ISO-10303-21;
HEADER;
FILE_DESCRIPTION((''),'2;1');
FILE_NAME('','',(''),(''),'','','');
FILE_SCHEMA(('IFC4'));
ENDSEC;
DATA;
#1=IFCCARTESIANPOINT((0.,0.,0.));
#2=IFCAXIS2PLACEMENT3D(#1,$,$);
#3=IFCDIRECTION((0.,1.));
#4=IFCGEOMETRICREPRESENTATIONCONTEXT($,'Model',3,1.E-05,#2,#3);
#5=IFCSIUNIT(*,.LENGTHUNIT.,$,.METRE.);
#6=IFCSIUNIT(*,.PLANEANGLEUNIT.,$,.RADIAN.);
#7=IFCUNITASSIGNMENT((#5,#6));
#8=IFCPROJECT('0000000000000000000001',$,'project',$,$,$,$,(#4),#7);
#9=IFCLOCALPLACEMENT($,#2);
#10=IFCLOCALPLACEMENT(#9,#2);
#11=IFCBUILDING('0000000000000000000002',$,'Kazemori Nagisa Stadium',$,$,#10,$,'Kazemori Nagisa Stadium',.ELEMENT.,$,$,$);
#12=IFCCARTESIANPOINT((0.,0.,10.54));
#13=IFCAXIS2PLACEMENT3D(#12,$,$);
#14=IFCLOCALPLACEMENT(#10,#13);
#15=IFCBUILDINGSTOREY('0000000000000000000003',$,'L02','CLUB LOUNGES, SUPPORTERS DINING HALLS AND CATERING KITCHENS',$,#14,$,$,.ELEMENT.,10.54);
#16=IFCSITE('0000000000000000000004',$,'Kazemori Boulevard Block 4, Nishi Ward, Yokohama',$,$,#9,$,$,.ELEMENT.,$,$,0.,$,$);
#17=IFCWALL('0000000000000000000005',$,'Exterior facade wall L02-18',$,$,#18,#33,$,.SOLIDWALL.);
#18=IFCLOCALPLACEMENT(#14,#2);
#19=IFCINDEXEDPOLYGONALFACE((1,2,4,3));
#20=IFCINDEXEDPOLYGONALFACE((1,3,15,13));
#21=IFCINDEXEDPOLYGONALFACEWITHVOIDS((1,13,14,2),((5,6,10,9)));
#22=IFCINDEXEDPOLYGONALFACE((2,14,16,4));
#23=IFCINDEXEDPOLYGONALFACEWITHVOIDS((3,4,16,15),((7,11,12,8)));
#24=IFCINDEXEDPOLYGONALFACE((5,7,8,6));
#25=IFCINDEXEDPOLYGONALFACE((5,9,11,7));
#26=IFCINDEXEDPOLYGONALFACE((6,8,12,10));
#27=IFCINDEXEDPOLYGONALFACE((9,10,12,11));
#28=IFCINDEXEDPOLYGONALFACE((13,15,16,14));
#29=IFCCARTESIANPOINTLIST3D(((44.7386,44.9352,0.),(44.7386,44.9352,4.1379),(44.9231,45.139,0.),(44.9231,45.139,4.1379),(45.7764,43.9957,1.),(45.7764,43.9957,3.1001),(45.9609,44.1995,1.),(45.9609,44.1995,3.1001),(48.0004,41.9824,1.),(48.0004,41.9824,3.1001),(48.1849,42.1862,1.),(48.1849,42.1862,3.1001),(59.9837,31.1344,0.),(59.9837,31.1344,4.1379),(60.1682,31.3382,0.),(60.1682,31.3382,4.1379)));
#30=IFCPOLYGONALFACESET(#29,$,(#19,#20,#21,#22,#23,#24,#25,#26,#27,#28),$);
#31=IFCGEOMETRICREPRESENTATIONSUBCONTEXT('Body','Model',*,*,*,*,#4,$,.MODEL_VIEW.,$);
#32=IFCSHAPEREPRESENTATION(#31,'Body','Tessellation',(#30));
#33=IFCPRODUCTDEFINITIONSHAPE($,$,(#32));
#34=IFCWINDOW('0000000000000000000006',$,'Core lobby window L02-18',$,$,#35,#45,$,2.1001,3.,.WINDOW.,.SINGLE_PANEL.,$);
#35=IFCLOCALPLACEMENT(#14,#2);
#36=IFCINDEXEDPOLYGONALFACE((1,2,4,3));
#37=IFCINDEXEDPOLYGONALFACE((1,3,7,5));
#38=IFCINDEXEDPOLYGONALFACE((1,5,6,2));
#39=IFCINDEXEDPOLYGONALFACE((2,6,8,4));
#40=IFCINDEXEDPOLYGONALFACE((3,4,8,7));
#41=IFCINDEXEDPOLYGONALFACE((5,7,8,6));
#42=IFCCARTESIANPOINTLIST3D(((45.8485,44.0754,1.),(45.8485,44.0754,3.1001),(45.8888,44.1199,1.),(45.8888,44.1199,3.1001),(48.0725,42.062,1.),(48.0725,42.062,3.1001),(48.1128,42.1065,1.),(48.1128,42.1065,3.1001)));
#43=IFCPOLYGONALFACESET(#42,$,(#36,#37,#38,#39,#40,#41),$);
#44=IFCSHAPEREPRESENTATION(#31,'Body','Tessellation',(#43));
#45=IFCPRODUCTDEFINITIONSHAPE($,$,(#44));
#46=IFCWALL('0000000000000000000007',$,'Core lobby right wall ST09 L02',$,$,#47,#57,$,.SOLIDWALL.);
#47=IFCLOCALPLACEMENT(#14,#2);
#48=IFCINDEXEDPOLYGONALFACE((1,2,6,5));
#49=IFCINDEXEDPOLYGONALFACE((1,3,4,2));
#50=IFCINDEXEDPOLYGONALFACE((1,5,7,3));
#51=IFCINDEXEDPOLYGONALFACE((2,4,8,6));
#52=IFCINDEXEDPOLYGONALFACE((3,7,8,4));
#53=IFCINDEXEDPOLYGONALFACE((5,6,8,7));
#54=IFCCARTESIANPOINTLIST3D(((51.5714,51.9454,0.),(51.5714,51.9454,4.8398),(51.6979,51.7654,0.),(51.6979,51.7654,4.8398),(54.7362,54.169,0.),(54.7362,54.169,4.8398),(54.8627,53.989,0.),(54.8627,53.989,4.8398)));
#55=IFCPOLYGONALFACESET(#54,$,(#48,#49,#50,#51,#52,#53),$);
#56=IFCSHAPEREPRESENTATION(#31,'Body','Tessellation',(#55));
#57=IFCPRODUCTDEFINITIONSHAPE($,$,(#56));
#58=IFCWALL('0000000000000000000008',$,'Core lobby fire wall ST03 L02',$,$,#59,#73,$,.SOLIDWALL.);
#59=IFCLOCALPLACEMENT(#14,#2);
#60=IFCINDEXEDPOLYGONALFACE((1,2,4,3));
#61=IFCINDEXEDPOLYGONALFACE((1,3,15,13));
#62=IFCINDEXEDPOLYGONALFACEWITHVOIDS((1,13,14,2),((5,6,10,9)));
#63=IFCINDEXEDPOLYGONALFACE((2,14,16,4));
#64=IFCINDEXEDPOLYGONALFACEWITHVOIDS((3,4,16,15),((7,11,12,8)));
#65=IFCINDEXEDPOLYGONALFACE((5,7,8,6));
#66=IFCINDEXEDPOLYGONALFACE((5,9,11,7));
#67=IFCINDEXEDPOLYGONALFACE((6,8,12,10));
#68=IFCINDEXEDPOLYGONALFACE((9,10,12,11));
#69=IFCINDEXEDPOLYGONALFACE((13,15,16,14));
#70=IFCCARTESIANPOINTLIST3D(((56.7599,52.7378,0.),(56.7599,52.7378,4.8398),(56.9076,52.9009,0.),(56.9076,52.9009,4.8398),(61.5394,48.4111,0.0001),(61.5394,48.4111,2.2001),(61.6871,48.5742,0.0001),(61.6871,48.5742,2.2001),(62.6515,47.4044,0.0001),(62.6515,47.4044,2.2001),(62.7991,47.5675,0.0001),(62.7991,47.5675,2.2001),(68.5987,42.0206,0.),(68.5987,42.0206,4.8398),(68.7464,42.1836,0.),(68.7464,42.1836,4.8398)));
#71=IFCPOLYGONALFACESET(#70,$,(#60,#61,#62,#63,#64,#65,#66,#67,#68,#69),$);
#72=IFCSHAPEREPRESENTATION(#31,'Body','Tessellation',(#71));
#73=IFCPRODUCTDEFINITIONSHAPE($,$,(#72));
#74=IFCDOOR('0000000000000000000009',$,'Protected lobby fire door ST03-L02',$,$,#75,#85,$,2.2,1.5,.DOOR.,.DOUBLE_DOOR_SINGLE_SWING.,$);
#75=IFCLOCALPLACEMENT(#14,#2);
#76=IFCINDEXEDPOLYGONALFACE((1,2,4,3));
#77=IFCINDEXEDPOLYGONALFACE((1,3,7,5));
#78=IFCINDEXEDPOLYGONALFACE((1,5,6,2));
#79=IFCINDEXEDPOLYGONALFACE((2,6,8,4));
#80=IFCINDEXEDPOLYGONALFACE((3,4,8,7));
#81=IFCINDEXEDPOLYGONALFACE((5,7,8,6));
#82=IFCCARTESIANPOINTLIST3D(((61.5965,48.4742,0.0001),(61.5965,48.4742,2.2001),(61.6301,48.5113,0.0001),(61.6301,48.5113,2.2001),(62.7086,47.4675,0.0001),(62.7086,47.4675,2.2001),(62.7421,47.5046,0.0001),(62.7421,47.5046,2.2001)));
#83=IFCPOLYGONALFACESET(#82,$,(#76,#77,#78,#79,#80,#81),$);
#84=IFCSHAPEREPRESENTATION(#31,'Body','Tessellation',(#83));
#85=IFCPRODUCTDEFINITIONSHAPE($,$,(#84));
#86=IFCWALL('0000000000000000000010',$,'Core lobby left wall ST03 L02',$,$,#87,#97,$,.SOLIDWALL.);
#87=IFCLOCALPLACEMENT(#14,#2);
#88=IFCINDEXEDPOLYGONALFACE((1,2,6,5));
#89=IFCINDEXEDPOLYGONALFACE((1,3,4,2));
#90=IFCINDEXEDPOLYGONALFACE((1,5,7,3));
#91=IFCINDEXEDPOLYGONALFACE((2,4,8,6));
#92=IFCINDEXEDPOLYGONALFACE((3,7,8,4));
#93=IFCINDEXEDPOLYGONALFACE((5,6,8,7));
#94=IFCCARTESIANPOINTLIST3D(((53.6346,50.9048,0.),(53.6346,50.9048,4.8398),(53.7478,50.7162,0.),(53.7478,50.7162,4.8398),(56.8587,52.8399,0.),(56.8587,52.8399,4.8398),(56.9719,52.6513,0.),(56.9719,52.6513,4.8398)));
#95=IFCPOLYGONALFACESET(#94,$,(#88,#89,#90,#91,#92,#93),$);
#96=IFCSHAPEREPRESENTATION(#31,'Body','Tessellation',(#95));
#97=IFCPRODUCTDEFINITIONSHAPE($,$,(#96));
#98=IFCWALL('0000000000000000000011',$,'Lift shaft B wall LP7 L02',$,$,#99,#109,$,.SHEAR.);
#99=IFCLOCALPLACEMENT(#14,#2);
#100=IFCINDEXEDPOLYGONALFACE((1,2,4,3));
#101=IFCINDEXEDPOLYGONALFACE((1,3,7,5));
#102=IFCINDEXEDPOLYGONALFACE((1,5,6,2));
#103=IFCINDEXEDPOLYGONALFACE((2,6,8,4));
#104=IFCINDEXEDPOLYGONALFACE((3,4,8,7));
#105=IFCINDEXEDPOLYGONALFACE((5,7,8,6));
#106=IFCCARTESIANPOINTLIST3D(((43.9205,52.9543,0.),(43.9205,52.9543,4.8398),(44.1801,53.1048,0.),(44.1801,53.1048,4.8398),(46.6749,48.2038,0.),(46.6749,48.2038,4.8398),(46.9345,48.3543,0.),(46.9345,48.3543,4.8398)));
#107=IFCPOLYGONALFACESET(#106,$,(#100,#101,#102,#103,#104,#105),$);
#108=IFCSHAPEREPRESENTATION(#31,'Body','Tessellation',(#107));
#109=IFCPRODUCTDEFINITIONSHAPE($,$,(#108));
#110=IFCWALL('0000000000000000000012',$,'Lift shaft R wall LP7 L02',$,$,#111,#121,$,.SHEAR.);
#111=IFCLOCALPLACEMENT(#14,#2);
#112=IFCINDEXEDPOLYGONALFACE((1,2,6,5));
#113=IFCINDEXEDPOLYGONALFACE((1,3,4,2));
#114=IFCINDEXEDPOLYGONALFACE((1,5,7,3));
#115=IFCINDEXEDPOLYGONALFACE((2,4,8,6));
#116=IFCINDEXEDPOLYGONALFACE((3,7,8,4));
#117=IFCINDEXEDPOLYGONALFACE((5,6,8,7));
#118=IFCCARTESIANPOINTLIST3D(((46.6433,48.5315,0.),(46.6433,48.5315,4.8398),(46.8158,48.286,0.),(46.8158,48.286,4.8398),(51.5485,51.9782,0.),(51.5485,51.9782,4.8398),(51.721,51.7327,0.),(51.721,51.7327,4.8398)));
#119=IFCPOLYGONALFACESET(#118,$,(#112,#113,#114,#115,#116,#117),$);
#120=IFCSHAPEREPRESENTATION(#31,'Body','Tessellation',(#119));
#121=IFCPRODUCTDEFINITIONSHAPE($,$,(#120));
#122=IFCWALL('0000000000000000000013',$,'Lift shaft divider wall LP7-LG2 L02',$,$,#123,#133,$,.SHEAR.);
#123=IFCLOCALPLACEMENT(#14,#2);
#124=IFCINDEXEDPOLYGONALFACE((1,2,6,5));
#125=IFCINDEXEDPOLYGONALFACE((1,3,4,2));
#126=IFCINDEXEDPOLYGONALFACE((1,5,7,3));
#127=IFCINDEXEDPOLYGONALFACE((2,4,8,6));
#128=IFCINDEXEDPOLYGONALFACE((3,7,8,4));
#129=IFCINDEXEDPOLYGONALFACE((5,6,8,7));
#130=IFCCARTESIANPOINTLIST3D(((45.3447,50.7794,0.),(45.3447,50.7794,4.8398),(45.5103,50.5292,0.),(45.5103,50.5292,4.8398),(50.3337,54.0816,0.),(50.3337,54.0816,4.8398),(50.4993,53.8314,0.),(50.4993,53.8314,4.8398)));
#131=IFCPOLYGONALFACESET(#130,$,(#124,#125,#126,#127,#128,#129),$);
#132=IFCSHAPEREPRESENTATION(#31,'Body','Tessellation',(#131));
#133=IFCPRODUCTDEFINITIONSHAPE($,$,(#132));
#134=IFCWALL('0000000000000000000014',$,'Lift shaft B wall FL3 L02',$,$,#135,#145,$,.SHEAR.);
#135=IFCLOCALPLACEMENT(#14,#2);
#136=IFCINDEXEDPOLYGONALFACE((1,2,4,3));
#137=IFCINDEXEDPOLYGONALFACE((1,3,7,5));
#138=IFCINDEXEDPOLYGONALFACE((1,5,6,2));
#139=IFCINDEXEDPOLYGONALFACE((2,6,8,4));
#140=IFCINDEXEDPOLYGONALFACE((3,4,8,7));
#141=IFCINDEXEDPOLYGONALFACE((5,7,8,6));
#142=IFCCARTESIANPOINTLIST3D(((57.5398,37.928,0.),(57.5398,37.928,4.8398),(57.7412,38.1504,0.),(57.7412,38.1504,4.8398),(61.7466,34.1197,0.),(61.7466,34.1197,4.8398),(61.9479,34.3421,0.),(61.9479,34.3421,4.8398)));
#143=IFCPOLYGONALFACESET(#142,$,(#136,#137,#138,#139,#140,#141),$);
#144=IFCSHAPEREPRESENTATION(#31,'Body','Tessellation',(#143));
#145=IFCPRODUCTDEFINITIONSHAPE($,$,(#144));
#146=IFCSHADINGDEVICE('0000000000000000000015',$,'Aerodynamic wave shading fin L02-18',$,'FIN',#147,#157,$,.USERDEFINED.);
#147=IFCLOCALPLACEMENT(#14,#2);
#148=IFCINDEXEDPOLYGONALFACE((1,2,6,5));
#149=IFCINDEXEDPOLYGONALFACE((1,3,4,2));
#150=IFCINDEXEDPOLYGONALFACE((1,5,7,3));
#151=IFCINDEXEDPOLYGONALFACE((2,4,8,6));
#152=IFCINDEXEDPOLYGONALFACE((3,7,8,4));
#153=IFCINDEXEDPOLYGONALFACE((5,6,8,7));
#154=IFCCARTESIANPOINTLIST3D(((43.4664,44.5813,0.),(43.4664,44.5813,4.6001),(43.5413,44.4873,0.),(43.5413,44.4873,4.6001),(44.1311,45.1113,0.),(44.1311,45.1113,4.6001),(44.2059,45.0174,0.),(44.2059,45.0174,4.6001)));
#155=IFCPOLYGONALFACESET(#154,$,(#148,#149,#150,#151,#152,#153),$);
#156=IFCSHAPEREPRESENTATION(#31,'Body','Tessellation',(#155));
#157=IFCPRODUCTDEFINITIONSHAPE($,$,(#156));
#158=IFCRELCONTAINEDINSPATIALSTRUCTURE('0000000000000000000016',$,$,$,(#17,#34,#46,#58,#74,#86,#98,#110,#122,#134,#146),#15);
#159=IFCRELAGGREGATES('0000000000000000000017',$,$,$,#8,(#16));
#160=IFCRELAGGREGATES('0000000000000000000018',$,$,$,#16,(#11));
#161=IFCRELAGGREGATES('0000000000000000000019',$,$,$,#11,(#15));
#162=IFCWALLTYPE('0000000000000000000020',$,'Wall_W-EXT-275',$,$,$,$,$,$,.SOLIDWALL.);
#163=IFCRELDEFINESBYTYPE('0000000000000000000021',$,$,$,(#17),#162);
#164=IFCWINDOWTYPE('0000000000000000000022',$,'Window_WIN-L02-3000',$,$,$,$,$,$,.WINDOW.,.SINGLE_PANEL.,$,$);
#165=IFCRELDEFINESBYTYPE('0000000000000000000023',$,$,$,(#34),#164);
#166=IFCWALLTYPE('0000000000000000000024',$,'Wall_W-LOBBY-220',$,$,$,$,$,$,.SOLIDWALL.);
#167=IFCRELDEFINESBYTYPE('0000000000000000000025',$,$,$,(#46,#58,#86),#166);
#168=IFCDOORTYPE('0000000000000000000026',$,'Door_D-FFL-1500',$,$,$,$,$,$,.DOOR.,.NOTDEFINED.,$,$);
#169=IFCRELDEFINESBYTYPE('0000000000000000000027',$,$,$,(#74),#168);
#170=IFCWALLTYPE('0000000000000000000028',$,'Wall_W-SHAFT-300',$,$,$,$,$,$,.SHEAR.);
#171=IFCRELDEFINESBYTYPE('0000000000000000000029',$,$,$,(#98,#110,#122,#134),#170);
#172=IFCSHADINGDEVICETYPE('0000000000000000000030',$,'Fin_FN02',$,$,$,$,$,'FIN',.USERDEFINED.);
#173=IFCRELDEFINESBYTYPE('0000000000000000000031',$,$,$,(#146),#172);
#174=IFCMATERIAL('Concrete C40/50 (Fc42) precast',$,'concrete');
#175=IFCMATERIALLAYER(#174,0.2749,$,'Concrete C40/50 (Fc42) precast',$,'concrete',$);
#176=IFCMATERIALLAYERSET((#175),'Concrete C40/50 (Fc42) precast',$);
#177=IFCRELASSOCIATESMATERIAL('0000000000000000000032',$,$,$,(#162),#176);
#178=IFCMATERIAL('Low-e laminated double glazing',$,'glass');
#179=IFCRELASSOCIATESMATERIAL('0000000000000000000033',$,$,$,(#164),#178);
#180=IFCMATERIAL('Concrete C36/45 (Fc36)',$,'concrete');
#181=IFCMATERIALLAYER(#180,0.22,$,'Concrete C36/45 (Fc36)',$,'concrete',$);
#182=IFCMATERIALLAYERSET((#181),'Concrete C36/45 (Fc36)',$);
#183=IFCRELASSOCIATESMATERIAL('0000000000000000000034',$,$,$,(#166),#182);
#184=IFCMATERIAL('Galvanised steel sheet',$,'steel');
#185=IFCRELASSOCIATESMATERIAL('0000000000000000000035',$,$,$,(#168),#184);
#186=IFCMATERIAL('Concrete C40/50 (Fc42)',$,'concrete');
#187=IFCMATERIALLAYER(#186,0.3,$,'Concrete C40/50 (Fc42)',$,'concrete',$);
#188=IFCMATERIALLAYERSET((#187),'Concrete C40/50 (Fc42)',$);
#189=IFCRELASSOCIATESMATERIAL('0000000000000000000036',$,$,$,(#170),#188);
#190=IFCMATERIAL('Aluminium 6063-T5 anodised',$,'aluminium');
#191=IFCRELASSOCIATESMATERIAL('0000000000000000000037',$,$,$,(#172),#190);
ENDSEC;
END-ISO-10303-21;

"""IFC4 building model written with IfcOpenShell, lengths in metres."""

from ifc_helpers import new_model, si_unit, direction, frame, frame_2d, origin, origin_2d, place, context, subcontext, project, spatial, rectangle, extrude, material, layer, layer_set, type_object, element, fill, save


model = new_model("IFC4")

# Units and contexts
model_context = context("Model", 3, precision=1e-05, world=origin(), true_north=direction((0.0, 1.0)))
body_context = subcontext(model_context, "Body", "Model", "MODEL_VIEW")
ifc_project = project(units=[si_unit("LENGTHUNIT", "METRE"), si_unit("PLANEANGLEUNIT", "RADIAN")], contexts=[model_context])

# Site, building, storey
site_placement = place(None, origin())
site = spatial("IfcSite", under=ifc_project, at=site_placement, Name="Kazemori Boulevard Block 4, Nishi Ward, Yokohama", CompositionType="ELEMENT", RefElevation=0.0)
building_placement = place(site_placement, origin())
building = spatial("IfcBuilding", under=site, at=building_placement, Name="Kazemori Nagisa Stadium", LongName="Kazemori Nagisa Stadium", CompositionType="ELEMENT")
storey_placement = place(building_placement, frame((0.0, 0.0, 10.54)))
storey = spatial("IfcBuildingStorey", under=building, at=storey_placement, Name="L02", Description="CLUB LOUNGES, SUPPORTERS DINING HALLS AND CATERING KITCHENS", CompositionType="ELEMENT", Elevation=10.54)

# Shared definitions
ifc_material_1 = material(Name="Concrete C40/50 (Fc42)", Category="concrete")

# Shared definitions
ifc_material_2 = material(Name="Aluminium 6063-T5 anodised", Category="aluminium")

# Shared definitions
ifc_material_3 = material(Name="Galvanised steel sheet", Category="steel")

# Wall, opening, window
ifc_material_4 = material(Name="Concrete C40/50 (Fc42) precast", Category="concrete")
ifc_layer_1 = layer(ifc_material_4, 0.2749, Name="Concrete C40/50 (Fc42) precast", Category="concrete")
ifc_layer_set_1 = layer_set([ifc_layer_1], Name="Concrete C40/50 (Fc42) precast")
wall_type_1 = type_object("IfcWallType", Name="Wall_W-EXT-275", PredefinedType="SOLIDWALL", material=ifc_layer_set_1)
wall_1_placement = place(storey_placement, frame((44.8308, 45.0371, 0.0), z_axis=(0.0, 0.0, 1.0), x_axis=(0.741352, -0.671116, 0.0)))
wall_1 = element("IfcWall", 1, at=wall_1_placement, inside=storey, type_object=wall_type_1, Name="Exterior facade wall L02-18", PredefinedType="SOLIDWALL", context=body_context, shape_type="SweptSolid", body=[
    extrude(rectangle(XDim=20.564, YDim=0.2749, at=frame_2d((10.282, 0.0))), origin(), (0.0, 0.0, 1.0), 4.1379),
])
opening_1_placement = place(wall_1_placement, frame((1.3999, 0.0, 1.0)))
opening_1 = element("IfcOpeningElement", 2, at=opening_1_placement, cuts=wall_1, PredefinedType="OPENING", context=body_context, shape_type="SweptSolid", body=[
    extrude(rectangle(XDim=3.0, YDim=2.1001, at=frame_2d((1.5, 1.05))), frame((0.0, 0.1475, 0.0), z_axis=(0.0, -1.0, 0.0), x_axis=(1.0, 0.0, 0.0)), (0.0, 0.0, 1.0), 0.2949),
])
ifc_material_5 = material(Name="Low-e laminated double glazing", Category="glass")
window_type = type_object("IfcWindowType", Name="Window_WIN-L02-3000", PartitioningType="SINGLE_PANEL", PredefinedType="WINDOW", material=ifc_material_5)
window_placement = place(opening_1_placement, origin())
window = element("IfcWindow", 3, at=window_placement, inside=storey, type_object=window_type, Name="Core lobby window L02-18", OverallHeight=2.1001, OverallWidth=3.0, PartitioningType="SINGLE_PANEL", PredefinedType="WINDOW", context=body_context, shape_type="SweptSolid", body=[
    extrude(rectangle(XDim=3.0, YDim=2.1001, at=frame_2d((1.5, 1.05))), frame((0.0, 0.03, 0.0), z_axis=(0.0, -1.0, 0.0), x_axis=(1.0, 0.0, 0.0)), (0.0, 0.0, 1.0), 0.0601),
])
fill(opening_1, window)

# Wall
ifc_material_6 = material(Name="Concrete C36/45 (Fc36)", Category="concrete")
ifc_layer_2 = layer(ifc_material_6, 0.22, Name="Concrete C36/45 (Fc36)", Category="concrete")
ifc_layer_set_2 = layer_set([ifc_layer_2], Name="Concrete C36/45 (Fc36)")
wall_type_2 = type_object("IfcWallType", Name="Wall_W-LOBBY-220", PredefinedType="SOLIDWALL", material=ifc_layer_set_2)
wall_2_placement = place(storey_placement, frame((54.7996, 54.0791, 0.0), z_axis=(0.0, 0.0, 1.0), x_axis=(-0.818225, -0.574898, 0.0)))
element("IfcWall", 4, at=wall_2_placement, inside=storey, type_object=wall_type_2, Name="Core lobby right wall ST09 L02", PredefinedType="SOLIDWALL", context=body_context, shape_type="SweptSolid", body=[
    extrude(rectangle(XDim=3.8679, YDim=0.22, at=frame_2d((1.9341, 0.0))), origin(), (0.0, 0.0, 1.0), 4.8398),
])

# Wall, opening, door
wall_3_placement = place(storey_placement, frame((56.8337, 52.8193, 0.0), z_axis=(0.0, 0.0, 1.0), x_axis=(0.741351, -0.671117, 0.0)))
wall_3 = element("IfcWall", 5, at=wall_3_placement, inside=storey, type_object=wall_type_2, Name="Core lobby fire wall ST03 L02", PredefinedType="SOLIDWALL", context=body_context, shape_type="SweptSolid", body=[
    extrude(rectangle(XDim=15.9692, YDim=0.22, at=frame_2d((7.9846, 0.0))), origin(), (0.0, 0.0, 1.0), 4.8398),
])
opening_2_placement = place(wall_3_placement, frame((6.447, 0.0, 0.0)))
opening_2 = element("IfcOpeningElement", 6, at=opening_2_placement, cuts=wall_3, PredefinedType="OPENING", context=body_context, shape_type="SweptSolid", body=[
    extrude(rectangle(XDim=1.5, YDim=2.2, at=frame_2d((0.75, 1.1001))), frame((0.0, 0.1199, 0.0), z_axis=(0.0, -1.0, 0.0), x_axis=(1.0, 0.0, 0.0)), (0.0, 0.0, 1.0), 0.24),
])
door_type_1 = type_object("IfcDoorType", Name="Door_D-FFL-1500", OperationType="NOTDEFINED", PredefinedType="DOOR", material=ifc_material_3)
door_1_placement = place(opening_2_placement, frame((1.5, 0.0, 0.0), z_axis=(0.0, 0.0, 1.0), x_axis=(-1.0, 0.0, 0.0)))
door_1 = element("IfcDoor", 7, at=door_1_placement, inside=storey, type_object=door_type_1, Name="Protected lobby fire door ST03-L02", OperationType="DOUBLE_DOOR_SINGLE_SWING", OverallHeight=2.2, OverallWidth=1.5, PredefinedType="DOOR", context=body_context, shape_type="SweptSolid", body=[
    extrude(rectangle(XDim=1.5, YDim=2.2, at=frame_2d((0.75, 1.1001))), frame((0.0, 0.0249, 0.0), z_axis=(0.0, -1.0, 0.0), x_axis=(1.0, 0.0, 0.0)), (0.0, 0.0, 1.0), 0.05),
])
fill(opening_2, door_1)

# Walls
wall_4_placement = place(storey_placement, frame((56.9153, 52.7456, 0.0), z_axis=(0.0, 0.0, 1.0), x_axis=(-0.857424, -0.51461, 0.0)))
element("IfcWall", 8, at=wall_4_placement, inside=storey, type_object=wall_type_2, Name="Core lobby left wall ST03 L02", PredefinedType="SOLIDWALL", context=body_context, shape_type="SweptSolid", body=[
    extrude(rectangle(XDim=3.7603, YDim=0.22, at=frame_2d((1.8801, 0.0))), origin(), (0.0, 0.0, 1.0), 4.8398),
])
ifc_layer_3 = layer(ifc_material_1, 0.3, Name="Concrete C40/50 (Fc42)", Category="concrete")
ifc_layer_set_3 = layer_set([ifc_layer_3], Name="Concrete C40/50 (Fc42)")
wall_type_3 = type_object("IfcWallType", Name="Wall_W-SHAFT-300", PredefinedType="SHEAR", material=ifc_layer_set_3)
wall_5_placement = place(storey_placement, frame((44.0503, 53.0295, 0.0), z_axis=(0.0, 0.0, 1.0), x_axis=(0.501597, -0.865101, 0.0)))
element("IfcWall", 9, at=wall_5_placement, inside=storey, type_object=wall_type_3, Name="Lift shaft B wall LP7 L02", PredefinedType="SHEAR", context=body_context, shape_type="SweptSolid", body=[
    extrude(rectangle(XDim=5.4912, YDim=0.3, at=frame_2d((2.7456, 0.0))), origin(), (0.0, 0.0, 1.0), 4.8398),
])
wall_6_placement = place(storey_placement, frame((51.6348, 51.8555, 0.0), z_axis=(0.0, 0.0, 1.0), x_axis=(-0.818205, -0.574926, 0.0)))
element("IfcWall", 10, at=wall_6_placement, inside=storey, type_object=wall_type_3, Name="Lift shaft R wall LP7 L02", PredefinedType="SHEAR", context=body_context, shape_type="SweptSolid", body=[
    extrude(rectangle(XDim=5.9951, YDim=0.3, at=frame_2d((2.9976, 0.0))), origin(), (0.0, 0.0, 1.0), 4.8398),
])
wall_7_placement = place(storey_placement, frame((50.4165, 53.9565, 0.0), z_axis=(0.0, 0.0, 1.0), x_axis=(-0.833879, -0.551947, 0.0)))
element("IfcWall", 11, at=wall_7_placement, inside=storey, type_object=wall_type_3, Name="Lift shaft divider wall LP7-LG2 L02", PredefinedType="SHEAR", context=body_context, shape_type="SweptSolid", body=[
    extrude(rectangle(XDim=5.9829, YDim=0.3, at=frame_2d((2.9915, 0.0))), origin(), (0.0, 0.0, 1.0), 4.8398),
])
wall_8_placement = place(storey_placement, frame((57.6404, 38.0393, 0.0), z_axis=(0.0, 0.0, 1.0), x_axis=(0.741342, -0.671127, 0.0)))
element("IfcWall", 12, at=wall_8_placement, inside=storey, type_object=wall_type_3, Name="Lift shaft B wall FL3 L02", PredefinedType="SHEAR", context=body_context, shape_type="SweptSolid", body=[
    extrude(rectangle(XDim=5.6746, YDim=0.3, at=frame_2d((2.8374, 0.0))), origin(), (0.0, 0.0, 1.0), 4.8398),
])

# Shading device
shading_device_type = type_object("IfcShadingDeviceType", Name="Fin_FN02", ElementType="FIN", PredefinedType="USERDEFINED", material=ifc_material_2)
shading_device_placement = place(storey_placement, frame((43.8362, 44.7993, 0.0), z_axis=(0.0, 0.0, 1.0), x_axis=(-0.781831, -0.62349, 0.0)))
element("IfcShadingDevice", 13, at=shading_device_placement, inside=storey, type_object=shading_device_type, Name="Aerodynamic wave shading fin L02-18", ObjectType="FIN", PredefinedType="USERDEFINED", context=body_context, shape_type="SweptSolid", body=[
    extrude(rectangle(XDim=0.8501, YDim=0.1201, at=origin_2d()), origin(), (0.0, 0.0, 1.0), 4.6001),
])

save(model, "model.ifc")
